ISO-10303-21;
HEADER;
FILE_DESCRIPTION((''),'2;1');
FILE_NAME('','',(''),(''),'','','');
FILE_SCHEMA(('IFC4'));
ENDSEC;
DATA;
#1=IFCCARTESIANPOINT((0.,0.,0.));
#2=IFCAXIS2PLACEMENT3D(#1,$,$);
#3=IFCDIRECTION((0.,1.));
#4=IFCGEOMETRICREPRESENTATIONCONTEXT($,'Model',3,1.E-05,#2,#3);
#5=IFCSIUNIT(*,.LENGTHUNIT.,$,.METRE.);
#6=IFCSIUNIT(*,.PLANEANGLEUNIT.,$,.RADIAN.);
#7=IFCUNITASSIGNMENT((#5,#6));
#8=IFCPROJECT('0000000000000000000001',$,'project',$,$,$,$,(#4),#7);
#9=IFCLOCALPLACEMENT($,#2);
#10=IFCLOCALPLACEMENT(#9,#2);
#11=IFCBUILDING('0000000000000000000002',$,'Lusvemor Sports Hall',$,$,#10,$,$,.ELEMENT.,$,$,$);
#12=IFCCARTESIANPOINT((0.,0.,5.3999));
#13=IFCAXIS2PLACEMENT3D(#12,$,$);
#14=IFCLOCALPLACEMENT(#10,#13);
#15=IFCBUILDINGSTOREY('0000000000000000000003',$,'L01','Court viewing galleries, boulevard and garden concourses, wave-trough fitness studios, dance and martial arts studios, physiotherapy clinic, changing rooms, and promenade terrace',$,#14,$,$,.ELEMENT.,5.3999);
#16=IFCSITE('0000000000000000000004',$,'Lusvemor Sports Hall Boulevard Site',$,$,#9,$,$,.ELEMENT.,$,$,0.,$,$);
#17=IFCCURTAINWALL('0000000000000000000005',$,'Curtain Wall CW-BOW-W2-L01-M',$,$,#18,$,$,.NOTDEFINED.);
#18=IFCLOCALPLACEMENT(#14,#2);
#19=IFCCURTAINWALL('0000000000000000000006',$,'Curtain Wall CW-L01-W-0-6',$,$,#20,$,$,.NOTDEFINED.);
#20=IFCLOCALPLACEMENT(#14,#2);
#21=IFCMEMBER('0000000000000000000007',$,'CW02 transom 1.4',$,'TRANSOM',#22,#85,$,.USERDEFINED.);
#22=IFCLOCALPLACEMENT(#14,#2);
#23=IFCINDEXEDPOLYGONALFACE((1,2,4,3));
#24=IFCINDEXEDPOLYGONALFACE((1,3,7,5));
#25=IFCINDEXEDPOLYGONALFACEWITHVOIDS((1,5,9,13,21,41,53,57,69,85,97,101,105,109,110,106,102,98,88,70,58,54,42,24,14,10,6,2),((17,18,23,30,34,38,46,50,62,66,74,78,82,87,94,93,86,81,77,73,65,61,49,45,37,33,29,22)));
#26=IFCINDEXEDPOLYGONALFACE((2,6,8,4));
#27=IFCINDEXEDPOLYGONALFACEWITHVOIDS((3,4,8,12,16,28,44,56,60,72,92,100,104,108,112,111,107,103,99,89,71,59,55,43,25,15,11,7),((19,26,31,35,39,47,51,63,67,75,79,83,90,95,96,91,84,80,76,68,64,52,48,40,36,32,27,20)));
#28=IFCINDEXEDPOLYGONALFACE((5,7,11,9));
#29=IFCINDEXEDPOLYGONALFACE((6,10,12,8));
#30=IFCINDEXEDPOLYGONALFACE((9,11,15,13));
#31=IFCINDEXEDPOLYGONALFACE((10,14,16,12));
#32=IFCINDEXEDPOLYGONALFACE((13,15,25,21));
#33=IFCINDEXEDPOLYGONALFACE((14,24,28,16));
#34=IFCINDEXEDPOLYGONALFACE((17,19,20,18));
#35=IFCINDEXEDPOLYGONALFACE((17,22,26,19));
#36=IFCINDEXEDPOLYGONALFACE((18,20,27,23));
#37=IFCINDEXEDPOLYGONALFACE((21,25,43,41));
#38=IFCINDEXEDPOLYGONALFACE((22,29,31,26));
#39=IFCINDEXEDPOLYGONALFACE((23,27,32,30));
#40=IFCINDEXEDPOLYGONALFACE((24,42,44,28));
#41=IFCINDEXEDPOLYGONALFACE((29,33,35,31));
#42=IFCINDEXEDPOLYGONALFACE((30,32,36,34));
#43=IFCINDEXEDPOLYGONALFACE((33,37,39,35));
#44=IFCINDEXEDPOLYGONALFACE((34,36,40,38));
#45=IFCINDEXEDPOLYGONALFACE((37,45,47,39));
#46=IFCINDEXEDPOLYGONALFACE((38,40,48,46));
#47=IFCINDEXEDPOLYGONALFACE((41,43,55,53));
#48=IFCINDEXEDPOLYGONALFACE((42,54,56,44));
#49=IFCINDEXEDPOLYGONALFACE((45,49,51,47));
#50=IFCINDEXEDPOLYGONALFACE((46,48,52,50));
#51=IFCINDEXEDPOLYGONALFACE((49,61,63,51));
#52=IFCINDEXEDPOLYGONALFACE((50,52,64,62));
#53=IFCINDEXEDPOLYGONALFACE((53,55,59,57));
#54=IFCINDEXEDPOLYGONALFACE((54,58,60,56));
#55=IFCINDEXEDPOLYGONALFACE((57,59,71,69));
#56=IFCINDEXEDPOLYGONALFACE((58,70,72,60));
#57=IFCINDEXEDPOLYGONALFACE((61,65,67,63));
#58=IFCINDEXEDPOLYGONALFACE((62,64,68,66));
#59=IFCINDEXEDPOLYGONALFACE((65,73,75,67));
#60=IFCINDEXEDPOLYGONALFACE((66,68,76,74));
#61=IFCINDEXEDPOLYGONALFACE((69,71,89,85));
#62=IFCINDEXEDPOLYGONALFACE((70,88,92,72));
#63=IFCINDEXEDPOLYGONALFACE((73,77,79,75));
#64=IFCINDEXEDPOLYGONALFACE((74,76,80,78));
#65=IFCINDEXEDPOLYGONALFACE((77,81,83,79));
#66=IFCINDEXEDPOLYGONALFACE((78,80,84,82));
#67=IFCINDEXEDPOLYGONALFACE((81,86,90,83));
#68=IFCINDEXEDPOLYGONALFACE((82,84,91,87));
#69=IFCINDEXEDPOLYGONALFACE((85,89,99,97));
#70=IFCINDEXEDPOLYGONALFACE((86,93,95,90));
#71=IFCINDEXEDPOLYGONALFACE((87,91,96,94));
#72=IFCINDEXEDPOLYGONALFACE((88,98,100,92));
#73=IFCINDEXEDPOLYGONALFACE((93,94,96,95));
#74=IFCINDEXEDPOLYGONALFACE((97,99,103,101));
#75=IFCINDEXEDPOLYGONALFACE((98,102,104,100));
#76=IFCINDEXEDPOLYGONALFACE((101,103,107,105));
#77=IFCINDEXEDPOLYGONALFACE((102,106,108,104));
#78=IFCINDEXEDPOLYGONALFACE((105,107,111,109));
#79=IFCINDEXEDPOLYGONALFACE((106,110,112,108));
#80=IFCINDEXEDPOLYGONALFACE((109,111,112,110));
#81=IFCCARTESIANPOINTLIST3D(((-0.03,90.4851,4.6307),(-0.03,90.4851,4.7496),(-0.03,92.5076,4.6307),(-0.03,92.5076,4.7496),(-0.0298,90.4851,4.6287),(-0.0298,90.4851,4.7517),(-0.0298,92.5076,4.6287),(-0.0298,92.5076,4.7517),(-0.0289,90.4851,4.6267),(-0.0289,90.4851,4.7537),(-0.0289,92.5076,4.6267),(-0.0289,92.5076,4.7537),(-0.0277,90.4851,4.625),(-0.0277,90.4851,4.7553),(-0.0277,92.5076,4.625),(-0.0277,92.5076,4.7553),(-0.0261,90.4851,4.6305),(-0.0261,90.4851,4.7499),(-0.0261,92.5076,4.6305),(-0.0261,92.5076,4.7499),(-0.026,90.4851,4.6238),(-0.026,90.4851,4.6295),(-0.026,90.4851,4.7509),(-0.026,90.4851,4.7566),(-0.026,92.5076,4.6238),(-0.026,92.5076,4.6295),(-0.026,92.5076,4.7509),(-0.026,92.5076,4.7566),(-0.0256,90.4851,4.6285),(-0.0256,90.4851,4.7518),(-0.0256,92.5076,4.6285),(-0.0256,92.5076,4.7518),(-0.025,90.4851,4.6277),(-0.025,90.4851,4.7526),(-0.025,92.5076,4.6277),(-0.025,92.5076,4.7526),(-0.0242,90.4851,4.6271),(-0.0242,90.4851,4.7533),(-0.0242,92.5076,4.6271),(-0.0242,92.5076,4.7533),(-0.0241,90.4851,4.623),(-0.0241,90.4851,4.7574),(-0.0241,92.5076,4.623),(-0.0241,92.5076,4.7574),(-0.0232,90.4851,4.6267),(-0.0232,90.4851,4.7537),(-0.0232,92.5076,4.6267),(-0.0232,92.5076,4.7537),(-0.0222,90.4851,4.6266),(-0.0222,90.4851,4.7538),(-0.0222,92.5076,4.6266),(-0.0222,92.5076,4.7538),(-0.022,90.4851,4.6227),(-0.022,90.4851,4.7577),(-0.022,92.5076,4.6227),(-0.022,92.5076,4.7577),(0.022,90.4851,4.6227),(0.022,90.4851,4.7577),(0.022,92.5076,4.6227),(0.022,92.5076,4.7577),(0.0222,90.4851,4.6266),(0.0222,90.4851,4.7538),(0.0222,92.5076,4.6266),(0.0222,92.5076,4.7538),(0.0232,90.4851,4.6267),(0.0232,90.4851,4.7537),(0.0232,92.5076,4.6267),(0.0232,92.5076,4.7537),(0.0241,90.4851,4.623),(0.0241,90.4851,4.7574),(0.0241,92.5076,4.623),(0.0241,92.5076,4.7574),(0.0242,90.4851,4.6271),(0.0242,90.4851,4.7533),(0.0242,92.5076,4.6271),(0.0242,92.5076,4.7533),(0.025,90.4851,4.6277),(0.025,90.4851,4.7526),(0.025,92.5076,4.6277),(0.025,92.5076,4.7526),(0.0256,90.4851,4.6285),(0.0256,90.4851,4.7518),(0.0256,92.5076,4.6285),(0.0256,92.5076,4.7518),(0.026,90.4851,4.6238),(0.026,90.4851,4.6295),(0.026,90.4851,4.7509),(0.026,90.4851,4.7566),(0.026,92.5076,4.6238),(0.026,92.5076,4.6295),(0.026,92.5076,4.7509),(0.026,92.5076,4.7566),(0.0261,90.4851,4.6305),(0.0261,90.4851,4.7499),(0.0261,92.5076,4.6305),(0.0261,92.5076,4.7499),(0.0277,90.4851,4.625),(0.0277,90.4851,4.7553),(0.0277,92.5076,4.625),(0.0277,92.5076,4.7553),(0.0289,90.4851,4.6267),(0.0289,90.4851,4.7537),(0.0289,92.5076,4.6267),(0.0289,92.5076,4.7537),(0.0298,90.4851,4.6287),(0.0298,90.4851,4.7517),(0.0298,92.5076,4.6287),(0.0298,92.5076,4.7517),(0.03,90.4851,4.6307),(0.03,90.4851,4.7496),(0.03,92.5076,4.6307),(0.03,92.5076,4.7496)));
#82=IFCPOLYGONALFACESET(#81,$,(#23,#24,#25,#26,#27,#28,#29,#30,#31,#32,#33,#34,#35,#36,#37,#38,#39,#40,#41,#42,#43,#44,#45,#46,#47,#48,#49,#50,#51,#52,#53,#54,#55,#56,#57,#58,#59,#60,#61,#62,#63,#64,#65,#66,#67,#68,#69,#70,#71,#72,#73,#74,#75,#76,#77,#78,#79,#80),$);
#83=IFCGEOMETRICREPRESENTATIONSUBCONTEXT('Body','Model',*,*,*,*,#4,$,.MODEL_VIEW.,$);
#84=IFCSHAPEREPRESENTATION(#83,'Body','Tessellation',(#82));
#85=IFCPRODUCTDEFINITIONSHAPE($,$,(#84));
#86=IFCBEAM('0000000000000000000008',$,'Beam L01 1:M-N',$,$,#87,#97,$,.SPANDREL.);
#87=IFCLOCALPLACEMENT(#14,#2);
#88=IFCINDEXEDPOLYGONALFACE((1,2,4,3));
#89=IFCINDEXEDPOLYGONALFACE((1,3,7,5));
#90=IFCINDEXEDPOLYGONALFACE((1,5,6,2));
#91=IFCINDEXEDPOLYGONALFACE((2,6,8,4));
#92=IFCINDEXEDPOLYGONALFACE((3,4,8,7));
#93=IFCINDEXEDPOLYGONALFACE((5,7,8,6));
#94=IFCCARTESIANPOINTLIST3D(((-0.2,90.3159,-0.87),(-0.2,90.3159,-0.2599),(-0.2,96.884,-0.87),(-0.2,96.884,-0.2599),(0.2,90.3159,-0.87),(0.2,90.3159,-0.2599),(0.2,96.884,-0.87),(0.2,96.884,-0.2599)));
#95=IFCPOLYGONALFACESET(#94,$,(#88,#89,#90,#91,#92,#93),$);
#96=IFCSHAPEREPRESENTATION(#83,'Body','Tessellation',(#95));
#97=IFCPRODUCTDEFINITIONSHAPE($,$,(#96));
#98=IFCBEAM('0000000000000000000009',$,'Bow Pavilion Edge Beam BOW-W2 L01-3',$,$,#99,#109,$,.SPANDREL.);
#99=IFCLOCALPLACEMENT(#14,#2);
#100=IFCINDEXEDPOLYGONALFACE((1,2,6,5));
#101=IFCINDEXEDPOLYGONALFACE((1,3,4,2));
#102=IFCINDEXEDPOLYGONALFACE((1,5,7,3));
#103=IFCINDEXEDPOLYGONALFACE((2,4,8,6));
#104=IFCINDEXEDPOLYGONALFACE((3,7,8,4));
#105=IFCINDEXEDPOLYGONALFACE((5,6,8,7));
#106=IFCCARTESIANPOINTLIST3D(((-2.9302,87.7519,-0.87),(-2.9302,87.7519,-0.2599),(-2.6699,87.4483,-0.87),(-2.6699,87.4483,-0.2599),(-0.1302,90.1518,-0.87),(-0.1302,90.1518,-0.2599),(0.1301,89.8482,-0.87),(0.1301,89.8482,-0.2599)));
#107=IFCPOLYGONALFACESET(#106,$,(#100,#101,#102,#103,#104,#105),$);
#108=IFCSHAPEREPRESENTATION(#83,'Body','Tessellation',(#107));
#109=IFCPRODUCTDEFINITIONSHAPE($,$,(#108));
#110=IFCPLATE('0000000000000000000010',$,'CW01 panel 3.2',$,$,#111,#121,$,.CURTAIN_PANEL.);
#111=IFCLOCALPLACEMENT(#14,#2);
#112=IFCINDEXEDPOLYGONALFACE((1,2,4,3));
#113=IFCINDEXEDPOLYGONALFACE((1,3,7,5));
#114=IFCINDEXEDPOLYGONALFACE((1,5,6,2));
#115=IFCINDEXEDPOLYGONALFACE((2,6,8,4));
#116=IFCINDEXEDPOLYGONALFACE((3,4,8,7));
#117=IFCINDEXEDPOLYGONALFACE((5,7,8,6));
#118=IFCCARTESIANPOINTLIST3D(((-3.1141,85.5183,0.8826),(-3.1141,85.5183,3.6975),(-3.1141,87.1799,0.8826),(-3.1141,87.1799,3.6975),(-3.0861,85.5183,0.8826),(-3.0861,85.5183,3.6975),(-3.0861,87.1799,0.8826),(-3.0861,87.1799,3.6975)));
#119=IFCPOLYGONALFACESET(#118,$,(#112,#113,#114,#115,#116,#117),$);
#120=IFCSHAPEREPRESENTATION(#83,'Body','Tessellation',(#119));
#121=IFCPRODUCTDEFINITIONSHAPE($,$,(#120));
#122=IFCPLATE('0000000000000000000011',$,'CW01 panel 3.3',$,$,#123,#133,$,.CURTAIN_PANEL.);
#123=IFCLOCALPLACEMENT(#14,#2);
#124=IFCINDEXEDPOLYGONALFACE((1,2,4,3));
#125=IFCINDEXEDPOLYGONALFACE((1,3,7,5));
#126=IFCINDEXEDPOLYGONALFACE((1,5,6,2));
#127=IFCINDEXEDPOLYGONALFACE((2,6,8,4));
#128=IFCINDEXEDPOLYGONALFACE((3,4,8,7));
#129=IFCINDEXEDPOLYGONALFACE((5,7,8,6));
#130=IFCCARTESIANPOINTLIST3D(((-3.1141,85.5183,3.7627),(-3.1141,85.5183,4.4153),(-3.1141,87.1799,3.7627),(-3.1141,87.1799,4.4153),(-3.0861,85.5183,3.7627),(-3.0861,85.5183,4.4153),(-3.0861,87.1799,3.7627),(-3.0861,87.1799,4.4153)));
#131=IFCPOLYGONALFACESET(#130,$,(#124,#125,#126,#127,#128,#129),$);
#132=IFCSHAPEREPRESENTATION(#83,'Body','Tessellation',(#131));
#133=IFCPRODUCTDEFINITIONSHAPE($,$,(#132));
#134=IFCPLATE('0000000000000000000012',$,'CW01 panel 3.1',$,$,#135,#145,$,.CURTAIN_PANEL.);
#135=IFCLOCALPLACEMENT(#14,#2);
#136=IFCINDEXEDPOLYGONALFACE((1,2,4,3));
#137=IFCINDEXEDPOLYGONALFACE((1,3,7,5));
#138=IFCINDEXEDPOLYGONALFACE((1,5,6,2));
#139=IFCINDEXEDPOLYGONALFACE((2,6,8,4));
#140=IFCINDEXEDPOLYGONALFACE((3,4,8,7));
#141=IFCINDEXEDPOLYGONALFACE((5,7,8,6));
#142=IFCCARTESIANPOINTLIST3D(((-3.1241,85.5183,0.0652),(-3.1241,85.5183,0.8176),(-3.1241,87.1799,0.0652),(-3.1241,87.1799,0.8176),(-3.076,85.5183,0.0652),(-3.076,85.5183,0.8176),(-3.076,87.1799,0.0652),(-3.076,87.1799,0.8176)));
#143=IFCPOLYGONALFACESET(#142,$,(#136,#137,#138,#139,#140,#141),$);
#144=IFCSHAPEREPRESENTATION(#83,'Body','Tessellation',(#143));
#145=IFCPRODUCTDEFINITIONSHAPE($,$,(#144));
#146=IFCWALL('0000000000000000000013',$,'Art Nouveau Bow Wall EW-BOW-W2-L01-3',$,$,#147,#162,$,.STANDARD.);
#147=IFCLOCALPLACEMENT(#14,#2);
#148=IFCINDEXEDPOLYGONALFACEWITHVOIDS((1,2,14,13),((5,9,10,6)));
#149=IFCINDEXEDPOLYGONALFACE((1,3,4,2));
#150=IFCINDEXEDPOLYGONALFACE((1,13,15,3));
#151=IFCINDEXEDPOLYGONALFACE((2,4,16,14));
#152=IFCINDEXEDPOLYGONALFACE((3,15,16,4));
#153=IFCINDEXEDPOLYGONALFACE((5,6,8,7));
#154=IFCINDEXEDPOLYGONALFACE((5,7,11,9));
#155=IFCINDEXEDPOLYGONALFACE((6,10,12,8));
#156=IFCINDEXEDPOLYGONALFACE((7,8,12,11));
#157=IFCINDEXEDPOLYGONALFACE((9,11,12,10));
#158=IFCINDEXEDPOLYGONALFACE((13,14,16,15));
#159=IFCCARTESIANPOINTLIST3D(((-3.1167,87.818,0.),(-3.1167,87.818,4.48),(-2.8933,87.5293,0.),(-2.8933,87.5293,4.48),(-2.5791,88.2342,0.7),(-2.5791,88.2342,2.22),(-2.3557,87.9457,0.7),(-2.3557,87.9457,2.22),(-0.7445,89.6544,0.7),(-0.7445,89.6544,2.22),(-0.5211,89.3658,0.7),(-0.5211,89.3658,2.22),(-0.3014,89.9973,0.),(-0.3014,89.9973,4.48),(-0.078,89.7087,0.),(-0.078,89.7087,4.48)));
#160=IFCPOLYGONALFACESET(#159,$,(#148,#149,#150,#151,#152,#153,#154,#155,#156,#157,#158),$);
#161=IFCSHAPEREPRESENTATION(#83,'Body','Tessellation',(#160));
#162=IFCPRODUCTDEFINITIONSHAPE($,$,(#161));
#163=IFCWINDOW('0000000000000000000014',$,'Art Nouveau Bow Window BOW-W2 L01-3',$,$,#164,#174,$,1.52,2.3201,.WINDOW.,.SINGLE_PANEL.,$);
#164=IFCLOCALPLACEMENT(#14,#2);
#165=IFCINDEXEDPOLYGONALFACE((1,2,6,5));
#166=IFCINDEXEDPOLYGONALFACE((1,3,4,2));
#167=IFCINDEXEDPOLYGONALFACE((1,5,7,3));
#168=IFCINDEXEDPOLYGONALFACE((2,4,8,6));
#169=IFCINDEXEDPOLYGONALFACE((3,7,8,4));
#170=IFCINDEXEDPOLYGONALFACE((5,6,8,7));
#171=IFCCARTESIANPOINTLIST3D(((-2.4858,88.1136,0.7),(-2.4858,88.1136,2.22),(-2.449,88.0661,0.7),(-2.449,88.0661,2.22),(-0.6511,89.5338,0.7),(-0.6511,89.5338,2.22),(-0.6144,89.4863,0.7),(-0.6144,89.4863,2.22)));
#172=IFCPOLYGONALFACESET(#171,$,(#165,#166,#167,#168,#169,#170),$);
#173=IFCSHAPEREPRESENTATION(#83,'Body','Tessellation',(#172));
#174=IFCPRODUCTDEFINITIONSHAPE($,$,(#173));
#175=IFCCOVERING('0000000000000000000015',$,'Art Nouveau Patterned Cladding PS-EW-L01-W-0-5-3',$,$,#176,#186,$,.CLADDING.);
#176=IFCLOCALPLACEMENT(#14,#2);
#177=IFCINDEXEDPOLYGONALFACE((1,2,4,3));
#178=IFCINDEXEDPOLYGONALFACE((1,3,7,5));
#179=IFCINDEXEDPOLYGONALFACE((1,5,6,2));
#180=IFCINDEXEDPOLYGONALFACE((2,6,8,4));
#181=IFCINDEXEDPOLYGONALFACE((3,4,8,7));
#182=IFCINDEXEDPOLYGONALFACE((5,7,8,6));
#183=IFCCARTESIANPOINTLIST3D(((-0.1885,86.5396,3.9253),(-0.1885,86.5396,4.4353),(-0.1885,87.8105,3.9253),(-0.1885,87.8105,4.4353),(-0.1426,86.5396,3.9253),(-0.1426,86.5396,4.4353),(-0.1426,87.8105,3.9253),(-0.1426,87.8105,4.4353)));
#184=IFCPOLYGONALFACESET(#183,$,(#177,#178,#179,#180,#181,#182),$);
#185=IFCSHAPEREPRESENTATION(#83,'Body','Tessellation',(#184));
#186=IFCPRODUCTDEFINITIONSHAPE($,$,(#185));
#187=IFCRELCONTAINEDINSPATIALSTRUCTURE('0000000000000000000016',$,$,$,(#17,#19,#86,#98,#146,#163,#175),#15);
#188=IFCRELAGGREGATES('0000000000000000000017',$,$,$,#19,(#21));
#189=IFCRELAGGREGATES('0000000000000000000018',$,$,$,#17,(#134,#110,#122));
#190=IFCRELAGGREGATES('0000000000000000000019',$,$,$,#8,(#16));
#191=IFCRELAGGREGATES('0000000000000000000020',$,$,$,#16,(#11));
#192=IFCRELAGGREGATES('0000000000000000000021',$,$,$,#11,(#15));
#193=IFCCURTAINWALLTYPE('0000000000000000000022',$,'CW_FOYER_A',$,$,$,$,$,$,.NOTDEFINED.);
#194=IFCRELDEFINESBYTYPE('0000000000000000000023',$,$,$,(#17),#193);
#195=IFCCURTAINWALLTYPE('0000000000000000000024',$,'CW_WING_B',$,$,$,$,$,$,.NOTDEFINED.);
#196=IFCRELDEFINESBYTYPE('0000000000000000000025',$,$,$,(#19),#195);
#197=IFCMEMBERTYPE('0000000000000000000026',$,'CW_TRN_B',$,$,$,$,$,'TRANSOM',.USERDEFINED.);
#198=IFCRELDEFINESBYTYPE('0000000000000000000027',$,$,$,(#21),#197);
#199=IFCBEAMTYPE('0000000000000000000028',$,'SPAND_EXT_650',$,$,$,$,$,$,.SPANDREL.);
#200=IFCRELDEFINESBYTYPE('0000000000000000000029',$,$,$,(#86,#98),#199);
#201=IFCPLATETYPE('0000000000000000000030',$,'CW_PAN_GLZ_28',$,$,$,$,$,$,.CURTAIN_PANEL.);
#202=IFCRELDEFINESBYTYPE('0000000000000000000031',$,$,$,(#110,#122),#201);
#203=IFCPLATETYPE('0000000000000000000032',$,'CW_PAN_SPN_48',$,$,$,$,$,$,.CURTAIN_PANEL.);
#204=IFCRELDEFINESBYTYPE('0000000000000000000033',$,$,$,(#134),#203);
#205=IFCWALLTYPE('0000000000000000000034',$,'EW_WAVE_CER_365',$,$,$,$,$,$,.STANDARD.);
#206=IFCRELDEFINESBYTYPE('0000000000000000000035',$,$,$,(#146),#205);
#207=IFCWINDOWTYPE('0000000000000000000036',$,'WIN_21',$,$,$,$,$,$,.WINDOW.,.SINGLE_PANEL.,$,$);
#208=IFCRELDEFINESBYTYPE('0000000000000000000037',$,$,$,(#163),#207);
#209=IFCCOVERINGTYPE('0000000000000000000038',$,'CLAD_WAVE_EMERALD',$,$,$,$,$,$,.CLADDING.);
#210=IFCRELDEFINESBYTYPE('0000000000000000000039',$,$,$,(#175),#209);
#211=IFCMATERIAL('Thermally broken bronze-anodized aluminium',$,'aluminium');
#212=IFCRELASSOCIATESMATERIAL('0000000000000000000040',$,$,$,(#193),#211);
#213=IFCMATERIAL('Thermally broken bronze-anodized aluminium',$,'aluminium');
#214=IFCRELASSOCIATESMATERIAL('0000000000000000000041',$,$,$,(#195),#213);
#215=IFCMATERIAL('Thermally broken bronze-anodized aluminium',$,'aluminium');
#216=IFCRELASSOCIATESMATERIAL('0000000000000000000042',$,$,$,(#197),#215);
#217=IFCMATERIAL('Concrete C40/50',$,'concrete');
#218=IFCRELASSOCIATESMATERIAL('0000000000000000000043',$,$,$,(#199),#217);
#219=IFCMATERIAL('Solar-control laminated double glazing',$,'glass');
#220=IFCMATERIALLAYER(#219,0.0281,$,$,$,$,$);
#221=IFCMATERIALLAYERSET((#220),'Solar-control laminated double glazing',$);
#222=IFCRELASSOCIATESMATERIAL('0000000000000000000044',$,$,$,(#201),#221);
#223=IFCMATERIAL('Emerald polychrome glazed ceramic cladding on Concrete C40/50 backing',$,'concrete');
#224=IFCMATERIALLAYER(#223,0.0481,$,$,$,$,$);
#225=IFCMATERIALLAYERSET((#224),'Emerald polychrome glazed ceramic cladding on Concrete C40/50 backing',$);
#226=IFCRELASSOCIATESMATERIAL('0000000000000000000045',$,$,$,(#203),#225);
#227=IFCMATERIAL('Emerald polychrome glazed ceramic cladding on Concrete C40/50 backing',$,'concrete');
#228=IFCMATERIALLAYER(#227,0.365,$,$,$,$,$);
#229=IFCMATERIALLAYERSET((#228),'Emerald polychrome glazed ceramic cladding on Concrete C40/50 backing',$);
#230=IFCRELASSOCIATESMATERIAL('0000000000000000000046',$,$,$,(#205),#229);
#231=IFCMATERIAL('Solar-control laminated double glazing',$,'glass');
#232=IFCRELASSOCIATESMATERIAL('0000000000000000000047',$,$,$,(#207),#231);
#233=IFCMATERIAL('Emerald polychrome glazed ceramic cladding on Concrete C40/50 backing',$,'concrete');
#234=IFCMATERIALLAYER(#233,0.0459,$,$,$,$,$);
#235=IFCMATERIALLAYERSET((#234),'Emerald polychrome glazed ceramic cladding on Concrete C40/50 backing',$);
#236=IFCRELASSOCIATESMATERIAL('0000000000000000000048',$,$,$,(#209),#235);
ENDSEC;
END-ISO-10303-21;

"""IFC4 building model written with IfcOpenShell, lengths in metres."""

from ifc_helpers import new_model, si_unit, direction, frame, frame_2d, origin, origin_2d, place, context, subcontext, project, spatial, rectangle, hollow_rectangle, extrude, material, layer, layer_set, material_profile, profile_set, type_object, element, fill, aggregate, save


model = new_model("IFC4")

# Units and contexts
model_context = context("Model", 3, precision=1e-05, world=origin(), true_north=direction((0.0, 1.0)))
body_context = subcontext(model_context, "Body", "Model", "MODEL_VIEW")
ifc_project = project(units=[si_unit("LENGTHUNIT", "METRE"), si_unit("PLANEANGLEUNIT", "RADIAN")], contexts=[model_context])

# Site, building, storey
site_placement = place(None, origin())
site = spatial("IfcSite", under=ifc_project, at=site_placement, Name="Lusvemor Sports Hall Boulevard Site", CompositionType="ELEMENT", RefElevation=0.0)
building_placement = place(site_placement, origin())
building = spatial("IfcBuilding", under=site, at=building_placement, Name="Lusvemor Sports Hall", CompositionType="ELEMENT")
storey_placement = place(building_placement, frame((0.0, 0.0, 5.3999)))
storey = spatial("IfcBuildingStorey", under=building, at=storey_placement, Name="L01", Description="Court viewing galleries, boulevard and garden concourses, wave-trough fitness studios, dance and martial arts studios, physiotherapy clinic, changing rooms, and promenade terrace", CompositionType="ELEMENT", Elevation=5.3999)

# Curtain wall
ifc_material_1 = material(Name="Thermally broken bronze-anodized aluminium", Category="aluminium")
curtain_wall_type_1 = type_object("IfcCurtainWallType", Name="CW_FOYER_A", PredefinedType="NOTDEFINED", material=ifc_material_1)
curtain_wall_1_placement = place(storey_placement, origin())
curtain_wall_1 = element("IfcCurtainWall", 1, at=curtain_wall_1_placement, inside=storey, type_object=curtain_wall_type_1, Name="Curtain Wall CW-BOW-W2-L01-M", PredefinedType="NOTDEFINED")

# Curtain wall
ifc_material_2 = material(Name="Thermally broken bronze-anodized aluminium", Category="aluminium")
curtain_wall_type_2 = type_object("IfcCurtainWallType", Name="CW_WING_B", PredefinedType="NOTDEFINED", material=ifc_material_2)
curtain_wall_2_placement = place(storey_placement, origin())
curtain_wall_2 = element("IfcCurtainWall", 2, at=curtain_wall_2_placement, inside=storey, type_object=curtain_wall_type_2, Name="Curtain Wall CW-L01-W-0-6", PredefinedType="NOTDEFINED")

# Member
ifc_material_3 = material(Name="Thermally broken bronze-anodized aluminium", Category="aluminium")
ifc_material_profile_1 = material_profile(ifc_material_3, hollow_rectangle(XDim=0.0601, YDim=0.135, WallThickness=0.0039, InnerFilletRadius=0.0039, OuterFilletRadius=0.0081, at=origin_2d()), Name="CWTRN135x60x4")
ifc_profile_set_1 = profile_set([ifc_material_profile_1], Name="Thermally broken bronze-anodized aluminium")
member_type_1 = type_object("IfcMemberType", Name="CW_TRN_B", ElementType="TRANSOM", PredefinedType="USERDEFINED", material=ifc_profile_set_1)
member_1_placement = place(storey_placement, frame((0.0, 90.4851, 4.6902), z_axis=(0.0, 1.0, 0.0), x_axis=(-1.0, 0.0, 0.0)))
member_1 = element("IfcMember", 3, at=member_1_placement, type_object=member_type_1, Name="CW02 transom 1.4", ObjectType="TRANSOM", PredefinedType="USERDEFINED", context=body_context, shape_type="SweptSolid", body=[
    extrude(hollow_rectangle(XDim=0.0601, YDim=0.135, WallThickness=0.0039, InnerFilletRadius=0.0039, OuterFilletRadius=0.0081, at=origin_2d()), origin(), (0.0, 0.0, 1.0), 2.0225),
])
aggregate(curtain_wall_2, [member_1])

# Beams
ifc_material_4 = material(Name="Concrete C40/50", Category="concrete")
ifc_material_profile_2 = material_profile(ifc_material_4, rectangle(XDim=0.3999, YDim=0.6101, at=origin_2d()), Name="RC400x610")
ifc_profile_set_2 = profile_set([ifc_material_profile_2], Name="Concrete C40/50")
beam_type = type_object("IfcBeamType", Name="SPAND_EXT_650", PredefinedType="SPANDREL", material=ifc_profile_set_2)
beam_1_placement = place(storey_placement, frame((0.0, 90.3159, -0.5649), z_axis=(0.0, 1.0, 0.0), x_axis=(-1.0, 0.0, 0.0)))
element("IfcBeam", 4, at=beam_1_placement, inside=storey, type_object=beam_type, Name="Beam L01 1:M-N", PredefinedType="SPANDREL", context=body_context, shape_type="SweptSolid", body=[
    extrude(rectangle(XDim=0.3999, YDim=0.6101, at=origin_2d()), origin(), (0.0, 0.0, 1.0), 6.5681),
])
beam_2_placement = place(storey_placement, frame((-2.8, 87.6001, -0.5649), z_axis=(0.759275, 0.65077, 0.0), x_axis=(-0.65077, 0.759275, 0.0)))
element("IfcBeam", 5, at=beam_2_placement, inside=storey, type_object=beam_type, Name="Bow Pavilion Edge Beam BOW-W2 L01-3", PredefinedType="SPANDREL", context=body_context, shape_type="SweptSolid", body=[
    extrude(rectangle(XDim=0.3999, YDim=0.6101, at=origin_2d()), origin(), (0.0, 0.0, 1.0), 3.6877),
])

# Plates
ifc_material_5 = material(Name="Solar-control laminated double glazing", Category="glass")
ifc_layer_1 = layer(ifc_material_5, 0.0281)
ifc_layer_set_1 = layer_set([ifc_layer_1], Name="Solar-control laminated double glazing")
plate_type_1 = type_object("IfcPlateType", Name="CW_PAN_GLZ_28", PredefinedType="CURTAIN_PANEL", material=ifc_layer_set_1)
plate_1_placement = place(storey_placement, frame((-3.1001, 86.3491, 0.8826), z_axis=(0.0, 0.0, 1.0), x_axis=(0.0, 1.0, 0.0)))
plate_1 = element("IfcPlate", 6, at=plate_1_placement, type_object=plate_type_1, Name="CW01 panel 3.2", PredefinedType="CURTAIN_PANEL", context=body_context, shape_type="SweptSolid", body=[
    extrude(rectangle(XDim=1.6616, YDim=0.0281, at=origin_2d()), origin(), (0.0, 0.0, 1.0), 2.8149),
])
plate_2_placement = place(storey_placement, frame((-3.1001, 86.3491, 3.7627), z_axis=(0.0, 0.0, 1.0), x_axis=(0.0, 1.0, 0.0)))
plate_2 = element("IfcPlate", 7, at=plate_2_placement, type_object=plate_type_1, Name="CW01 panel 3.3", PredefinedType="CURTAIN_PANEL", context=body_context, shape_type="SweptSolid", body=[
    extrude(rectangle(XDim=1.6616, YDim=0.0281, at=origin_2d()), origin(), (0.0, 0.0, 1.0), 0.6526),
])
ifc_material_6 = material(Name="Emerald polychrome glazed ceramic cladding on Concrete C40/50 backing", Category="concrete")
ifc_layer_2 = layer(ifc_material_6, 0.0481)
ifc_layer_set_2 = layer_set([ifc_layer_2], Name="Emerald polychrome glazed ceramic cladding on Concrete C40/50 backing")
plate_type_2 = type_object("IfcPlateType", Name="CW_PAN_SPN_48", PredefinedType="CURTAIN_PANEL", material=ifc_layer_set_2)
plate_3_placement = place(storey_placement, frame((-3.1001, 86.3491, 0.0652), z_axis=(0.0, 0.0, 1.0), x_axis=(0.0, 1.0, 0.0)))
plate_3 = element("IfcPlate", 8, at=plate_3_placement, type_object=plate_type_2, Name="CW01 panel 3.1", PredefinedType="CURTAIN_PANEL", context=body_context, shape_type="SweptSolid", body=[
    extrude(rectangle(XDim=1.6616, YDim=0.0481, at=origin_2d()), origin(), (0.0, 0.0, 1.0), 0.7524),
])
aggregate(curtain_wall_1, [plate_3, plate_1, plate_2])

# Wall, opening, window
ifc_material_7 = material(Name="Emerald polychrome glazed ceramic cladding on Concrete C40/50 backing", Category="concrete")
ifc_layer_3 = layer(ifc_material_7, 0.365)
ifc_layer_set_3 = layer_set([ifc_layer_3], Name="Emerald polychrome glazed ceramic cladding on Concrete C40/50 backing")
wall_type = type_object("IfcWallType", Name="EW_WAVE_CER_365", PredefinedType="STANDARD", material=ifc_layer_set_3)
wall_placement = place(storey_placement, frame((-3.0051, 87.6736, 0.0), z_axis=(0.0, 0.0, 1.0), x_axis=(0.790757, 0.61213, 0.0)))
wall = element("IfcWall", 9, at=wall_placement, inside=storey, type_object=wall_type, Name="Art Nouveau Bow Wall EW-BOW-W2-L01-3", PredefinedType="STANDARD", context=body_context, shape_type="SweptSolid", body=[
    extrude(rectangle(XDim=3.5603, YDim=0.365, at=frame_2d((1.7803, 0.0))), origin(), (0.0, 0.0, 1.0), 4.48),
])
opening_placement = place(wall_placement, frame((0.6799, 0.0, 0.7)))
opening = element("IfcOpeningElement", 10, at=opening_placement, cuts=wall, PredefinedType="OPENING", context=body_context, shape_type="SweptSolid", body=[
    extrude(rectangle(XDim=2.3201, YDim=1.52, at=frame_2d((1.1602, 0.76))), frame((0.0, 0.1826, 0.0), z_axis=(0.0, -1.0, 0.0), x_axis=(1.0, 0.0, 0.0)), (0.0, 0.0, 1.0), 0.365),
])
ifc_material_8 = material(Name="Solar-control laminated double glazing", Category="glass")
window_type = type_object("IfcWindowType", Name="WIN_21", PartitioningType="SINGLE_PANEL", PredefinedType="WINDOW", material=ifc_material_8)
window_placement = place(opening_placement, origin())
window = element("IfcWindow", 11, at=window_placement, inside=storey, type_object=window_type, Name="Art Nouveau Bow Window BOW-W2 L01-3", OverallHeight=1.52, OverallWidth=2.3201, PartitioningType="SINGLE_PANEL", PredefinedType="WINDOW", context=body_context, shape_type="SweptSolid", body=[
    extrude(rectangle(XDim=2.3201, YDim=1.52, at=frame_2d((1.1602, 0.76))), frame((0.0, 0.03, 0.0), z_axis=(0.0, -1.0, 0.0), x_axis=(1.0, 0.0, 0.0)), (0.0, 0.0, 1.0), 0.0601),
])
fill(opening, window)

# Covering
ifc_material_9 = material(Name="Emerald polychrome glazed ceramic cladding on Concrete C40/50 backing", Category="concrete")
ifc_layer_4 = layer(ifc_material_9, 0.0459)
ifc_layer_set_4 = layer_set([ifc_layer_4], Name="Emerald polychrome glazed ceramic cladding on Concrete C40/50 backing")
covering_type_1 = type_object("IfcCoveringType", Name="CLAD_WAVE_EMERALD", PredefinedType="CLADDING", material=ifc_layer_set_4)
covering_1_placement = place(storey_placement, frame((-0.1655, 87.175, 3.9253), z_axis=(0.0, 0.0, 1.0), x_axis=(1.0, 0.0, 0.0)))
element("IfcCovering", 12, at=covering_1_placement, inside=storey, type_object=covering_type_1, Name="Art Nouveau Patterned Cladding PS-EW-L01-W-0-5-3", PredefinedType="CLADDING", context=body_context, shape_type="SweptSolid", body=[
    extrude(rectangle(XDim=0.0459, YDim=1.271, at=origin_2d()), origin(), (0.0, 0.0, 1.0), 0.51),
])

save(model, "model.ifc")
